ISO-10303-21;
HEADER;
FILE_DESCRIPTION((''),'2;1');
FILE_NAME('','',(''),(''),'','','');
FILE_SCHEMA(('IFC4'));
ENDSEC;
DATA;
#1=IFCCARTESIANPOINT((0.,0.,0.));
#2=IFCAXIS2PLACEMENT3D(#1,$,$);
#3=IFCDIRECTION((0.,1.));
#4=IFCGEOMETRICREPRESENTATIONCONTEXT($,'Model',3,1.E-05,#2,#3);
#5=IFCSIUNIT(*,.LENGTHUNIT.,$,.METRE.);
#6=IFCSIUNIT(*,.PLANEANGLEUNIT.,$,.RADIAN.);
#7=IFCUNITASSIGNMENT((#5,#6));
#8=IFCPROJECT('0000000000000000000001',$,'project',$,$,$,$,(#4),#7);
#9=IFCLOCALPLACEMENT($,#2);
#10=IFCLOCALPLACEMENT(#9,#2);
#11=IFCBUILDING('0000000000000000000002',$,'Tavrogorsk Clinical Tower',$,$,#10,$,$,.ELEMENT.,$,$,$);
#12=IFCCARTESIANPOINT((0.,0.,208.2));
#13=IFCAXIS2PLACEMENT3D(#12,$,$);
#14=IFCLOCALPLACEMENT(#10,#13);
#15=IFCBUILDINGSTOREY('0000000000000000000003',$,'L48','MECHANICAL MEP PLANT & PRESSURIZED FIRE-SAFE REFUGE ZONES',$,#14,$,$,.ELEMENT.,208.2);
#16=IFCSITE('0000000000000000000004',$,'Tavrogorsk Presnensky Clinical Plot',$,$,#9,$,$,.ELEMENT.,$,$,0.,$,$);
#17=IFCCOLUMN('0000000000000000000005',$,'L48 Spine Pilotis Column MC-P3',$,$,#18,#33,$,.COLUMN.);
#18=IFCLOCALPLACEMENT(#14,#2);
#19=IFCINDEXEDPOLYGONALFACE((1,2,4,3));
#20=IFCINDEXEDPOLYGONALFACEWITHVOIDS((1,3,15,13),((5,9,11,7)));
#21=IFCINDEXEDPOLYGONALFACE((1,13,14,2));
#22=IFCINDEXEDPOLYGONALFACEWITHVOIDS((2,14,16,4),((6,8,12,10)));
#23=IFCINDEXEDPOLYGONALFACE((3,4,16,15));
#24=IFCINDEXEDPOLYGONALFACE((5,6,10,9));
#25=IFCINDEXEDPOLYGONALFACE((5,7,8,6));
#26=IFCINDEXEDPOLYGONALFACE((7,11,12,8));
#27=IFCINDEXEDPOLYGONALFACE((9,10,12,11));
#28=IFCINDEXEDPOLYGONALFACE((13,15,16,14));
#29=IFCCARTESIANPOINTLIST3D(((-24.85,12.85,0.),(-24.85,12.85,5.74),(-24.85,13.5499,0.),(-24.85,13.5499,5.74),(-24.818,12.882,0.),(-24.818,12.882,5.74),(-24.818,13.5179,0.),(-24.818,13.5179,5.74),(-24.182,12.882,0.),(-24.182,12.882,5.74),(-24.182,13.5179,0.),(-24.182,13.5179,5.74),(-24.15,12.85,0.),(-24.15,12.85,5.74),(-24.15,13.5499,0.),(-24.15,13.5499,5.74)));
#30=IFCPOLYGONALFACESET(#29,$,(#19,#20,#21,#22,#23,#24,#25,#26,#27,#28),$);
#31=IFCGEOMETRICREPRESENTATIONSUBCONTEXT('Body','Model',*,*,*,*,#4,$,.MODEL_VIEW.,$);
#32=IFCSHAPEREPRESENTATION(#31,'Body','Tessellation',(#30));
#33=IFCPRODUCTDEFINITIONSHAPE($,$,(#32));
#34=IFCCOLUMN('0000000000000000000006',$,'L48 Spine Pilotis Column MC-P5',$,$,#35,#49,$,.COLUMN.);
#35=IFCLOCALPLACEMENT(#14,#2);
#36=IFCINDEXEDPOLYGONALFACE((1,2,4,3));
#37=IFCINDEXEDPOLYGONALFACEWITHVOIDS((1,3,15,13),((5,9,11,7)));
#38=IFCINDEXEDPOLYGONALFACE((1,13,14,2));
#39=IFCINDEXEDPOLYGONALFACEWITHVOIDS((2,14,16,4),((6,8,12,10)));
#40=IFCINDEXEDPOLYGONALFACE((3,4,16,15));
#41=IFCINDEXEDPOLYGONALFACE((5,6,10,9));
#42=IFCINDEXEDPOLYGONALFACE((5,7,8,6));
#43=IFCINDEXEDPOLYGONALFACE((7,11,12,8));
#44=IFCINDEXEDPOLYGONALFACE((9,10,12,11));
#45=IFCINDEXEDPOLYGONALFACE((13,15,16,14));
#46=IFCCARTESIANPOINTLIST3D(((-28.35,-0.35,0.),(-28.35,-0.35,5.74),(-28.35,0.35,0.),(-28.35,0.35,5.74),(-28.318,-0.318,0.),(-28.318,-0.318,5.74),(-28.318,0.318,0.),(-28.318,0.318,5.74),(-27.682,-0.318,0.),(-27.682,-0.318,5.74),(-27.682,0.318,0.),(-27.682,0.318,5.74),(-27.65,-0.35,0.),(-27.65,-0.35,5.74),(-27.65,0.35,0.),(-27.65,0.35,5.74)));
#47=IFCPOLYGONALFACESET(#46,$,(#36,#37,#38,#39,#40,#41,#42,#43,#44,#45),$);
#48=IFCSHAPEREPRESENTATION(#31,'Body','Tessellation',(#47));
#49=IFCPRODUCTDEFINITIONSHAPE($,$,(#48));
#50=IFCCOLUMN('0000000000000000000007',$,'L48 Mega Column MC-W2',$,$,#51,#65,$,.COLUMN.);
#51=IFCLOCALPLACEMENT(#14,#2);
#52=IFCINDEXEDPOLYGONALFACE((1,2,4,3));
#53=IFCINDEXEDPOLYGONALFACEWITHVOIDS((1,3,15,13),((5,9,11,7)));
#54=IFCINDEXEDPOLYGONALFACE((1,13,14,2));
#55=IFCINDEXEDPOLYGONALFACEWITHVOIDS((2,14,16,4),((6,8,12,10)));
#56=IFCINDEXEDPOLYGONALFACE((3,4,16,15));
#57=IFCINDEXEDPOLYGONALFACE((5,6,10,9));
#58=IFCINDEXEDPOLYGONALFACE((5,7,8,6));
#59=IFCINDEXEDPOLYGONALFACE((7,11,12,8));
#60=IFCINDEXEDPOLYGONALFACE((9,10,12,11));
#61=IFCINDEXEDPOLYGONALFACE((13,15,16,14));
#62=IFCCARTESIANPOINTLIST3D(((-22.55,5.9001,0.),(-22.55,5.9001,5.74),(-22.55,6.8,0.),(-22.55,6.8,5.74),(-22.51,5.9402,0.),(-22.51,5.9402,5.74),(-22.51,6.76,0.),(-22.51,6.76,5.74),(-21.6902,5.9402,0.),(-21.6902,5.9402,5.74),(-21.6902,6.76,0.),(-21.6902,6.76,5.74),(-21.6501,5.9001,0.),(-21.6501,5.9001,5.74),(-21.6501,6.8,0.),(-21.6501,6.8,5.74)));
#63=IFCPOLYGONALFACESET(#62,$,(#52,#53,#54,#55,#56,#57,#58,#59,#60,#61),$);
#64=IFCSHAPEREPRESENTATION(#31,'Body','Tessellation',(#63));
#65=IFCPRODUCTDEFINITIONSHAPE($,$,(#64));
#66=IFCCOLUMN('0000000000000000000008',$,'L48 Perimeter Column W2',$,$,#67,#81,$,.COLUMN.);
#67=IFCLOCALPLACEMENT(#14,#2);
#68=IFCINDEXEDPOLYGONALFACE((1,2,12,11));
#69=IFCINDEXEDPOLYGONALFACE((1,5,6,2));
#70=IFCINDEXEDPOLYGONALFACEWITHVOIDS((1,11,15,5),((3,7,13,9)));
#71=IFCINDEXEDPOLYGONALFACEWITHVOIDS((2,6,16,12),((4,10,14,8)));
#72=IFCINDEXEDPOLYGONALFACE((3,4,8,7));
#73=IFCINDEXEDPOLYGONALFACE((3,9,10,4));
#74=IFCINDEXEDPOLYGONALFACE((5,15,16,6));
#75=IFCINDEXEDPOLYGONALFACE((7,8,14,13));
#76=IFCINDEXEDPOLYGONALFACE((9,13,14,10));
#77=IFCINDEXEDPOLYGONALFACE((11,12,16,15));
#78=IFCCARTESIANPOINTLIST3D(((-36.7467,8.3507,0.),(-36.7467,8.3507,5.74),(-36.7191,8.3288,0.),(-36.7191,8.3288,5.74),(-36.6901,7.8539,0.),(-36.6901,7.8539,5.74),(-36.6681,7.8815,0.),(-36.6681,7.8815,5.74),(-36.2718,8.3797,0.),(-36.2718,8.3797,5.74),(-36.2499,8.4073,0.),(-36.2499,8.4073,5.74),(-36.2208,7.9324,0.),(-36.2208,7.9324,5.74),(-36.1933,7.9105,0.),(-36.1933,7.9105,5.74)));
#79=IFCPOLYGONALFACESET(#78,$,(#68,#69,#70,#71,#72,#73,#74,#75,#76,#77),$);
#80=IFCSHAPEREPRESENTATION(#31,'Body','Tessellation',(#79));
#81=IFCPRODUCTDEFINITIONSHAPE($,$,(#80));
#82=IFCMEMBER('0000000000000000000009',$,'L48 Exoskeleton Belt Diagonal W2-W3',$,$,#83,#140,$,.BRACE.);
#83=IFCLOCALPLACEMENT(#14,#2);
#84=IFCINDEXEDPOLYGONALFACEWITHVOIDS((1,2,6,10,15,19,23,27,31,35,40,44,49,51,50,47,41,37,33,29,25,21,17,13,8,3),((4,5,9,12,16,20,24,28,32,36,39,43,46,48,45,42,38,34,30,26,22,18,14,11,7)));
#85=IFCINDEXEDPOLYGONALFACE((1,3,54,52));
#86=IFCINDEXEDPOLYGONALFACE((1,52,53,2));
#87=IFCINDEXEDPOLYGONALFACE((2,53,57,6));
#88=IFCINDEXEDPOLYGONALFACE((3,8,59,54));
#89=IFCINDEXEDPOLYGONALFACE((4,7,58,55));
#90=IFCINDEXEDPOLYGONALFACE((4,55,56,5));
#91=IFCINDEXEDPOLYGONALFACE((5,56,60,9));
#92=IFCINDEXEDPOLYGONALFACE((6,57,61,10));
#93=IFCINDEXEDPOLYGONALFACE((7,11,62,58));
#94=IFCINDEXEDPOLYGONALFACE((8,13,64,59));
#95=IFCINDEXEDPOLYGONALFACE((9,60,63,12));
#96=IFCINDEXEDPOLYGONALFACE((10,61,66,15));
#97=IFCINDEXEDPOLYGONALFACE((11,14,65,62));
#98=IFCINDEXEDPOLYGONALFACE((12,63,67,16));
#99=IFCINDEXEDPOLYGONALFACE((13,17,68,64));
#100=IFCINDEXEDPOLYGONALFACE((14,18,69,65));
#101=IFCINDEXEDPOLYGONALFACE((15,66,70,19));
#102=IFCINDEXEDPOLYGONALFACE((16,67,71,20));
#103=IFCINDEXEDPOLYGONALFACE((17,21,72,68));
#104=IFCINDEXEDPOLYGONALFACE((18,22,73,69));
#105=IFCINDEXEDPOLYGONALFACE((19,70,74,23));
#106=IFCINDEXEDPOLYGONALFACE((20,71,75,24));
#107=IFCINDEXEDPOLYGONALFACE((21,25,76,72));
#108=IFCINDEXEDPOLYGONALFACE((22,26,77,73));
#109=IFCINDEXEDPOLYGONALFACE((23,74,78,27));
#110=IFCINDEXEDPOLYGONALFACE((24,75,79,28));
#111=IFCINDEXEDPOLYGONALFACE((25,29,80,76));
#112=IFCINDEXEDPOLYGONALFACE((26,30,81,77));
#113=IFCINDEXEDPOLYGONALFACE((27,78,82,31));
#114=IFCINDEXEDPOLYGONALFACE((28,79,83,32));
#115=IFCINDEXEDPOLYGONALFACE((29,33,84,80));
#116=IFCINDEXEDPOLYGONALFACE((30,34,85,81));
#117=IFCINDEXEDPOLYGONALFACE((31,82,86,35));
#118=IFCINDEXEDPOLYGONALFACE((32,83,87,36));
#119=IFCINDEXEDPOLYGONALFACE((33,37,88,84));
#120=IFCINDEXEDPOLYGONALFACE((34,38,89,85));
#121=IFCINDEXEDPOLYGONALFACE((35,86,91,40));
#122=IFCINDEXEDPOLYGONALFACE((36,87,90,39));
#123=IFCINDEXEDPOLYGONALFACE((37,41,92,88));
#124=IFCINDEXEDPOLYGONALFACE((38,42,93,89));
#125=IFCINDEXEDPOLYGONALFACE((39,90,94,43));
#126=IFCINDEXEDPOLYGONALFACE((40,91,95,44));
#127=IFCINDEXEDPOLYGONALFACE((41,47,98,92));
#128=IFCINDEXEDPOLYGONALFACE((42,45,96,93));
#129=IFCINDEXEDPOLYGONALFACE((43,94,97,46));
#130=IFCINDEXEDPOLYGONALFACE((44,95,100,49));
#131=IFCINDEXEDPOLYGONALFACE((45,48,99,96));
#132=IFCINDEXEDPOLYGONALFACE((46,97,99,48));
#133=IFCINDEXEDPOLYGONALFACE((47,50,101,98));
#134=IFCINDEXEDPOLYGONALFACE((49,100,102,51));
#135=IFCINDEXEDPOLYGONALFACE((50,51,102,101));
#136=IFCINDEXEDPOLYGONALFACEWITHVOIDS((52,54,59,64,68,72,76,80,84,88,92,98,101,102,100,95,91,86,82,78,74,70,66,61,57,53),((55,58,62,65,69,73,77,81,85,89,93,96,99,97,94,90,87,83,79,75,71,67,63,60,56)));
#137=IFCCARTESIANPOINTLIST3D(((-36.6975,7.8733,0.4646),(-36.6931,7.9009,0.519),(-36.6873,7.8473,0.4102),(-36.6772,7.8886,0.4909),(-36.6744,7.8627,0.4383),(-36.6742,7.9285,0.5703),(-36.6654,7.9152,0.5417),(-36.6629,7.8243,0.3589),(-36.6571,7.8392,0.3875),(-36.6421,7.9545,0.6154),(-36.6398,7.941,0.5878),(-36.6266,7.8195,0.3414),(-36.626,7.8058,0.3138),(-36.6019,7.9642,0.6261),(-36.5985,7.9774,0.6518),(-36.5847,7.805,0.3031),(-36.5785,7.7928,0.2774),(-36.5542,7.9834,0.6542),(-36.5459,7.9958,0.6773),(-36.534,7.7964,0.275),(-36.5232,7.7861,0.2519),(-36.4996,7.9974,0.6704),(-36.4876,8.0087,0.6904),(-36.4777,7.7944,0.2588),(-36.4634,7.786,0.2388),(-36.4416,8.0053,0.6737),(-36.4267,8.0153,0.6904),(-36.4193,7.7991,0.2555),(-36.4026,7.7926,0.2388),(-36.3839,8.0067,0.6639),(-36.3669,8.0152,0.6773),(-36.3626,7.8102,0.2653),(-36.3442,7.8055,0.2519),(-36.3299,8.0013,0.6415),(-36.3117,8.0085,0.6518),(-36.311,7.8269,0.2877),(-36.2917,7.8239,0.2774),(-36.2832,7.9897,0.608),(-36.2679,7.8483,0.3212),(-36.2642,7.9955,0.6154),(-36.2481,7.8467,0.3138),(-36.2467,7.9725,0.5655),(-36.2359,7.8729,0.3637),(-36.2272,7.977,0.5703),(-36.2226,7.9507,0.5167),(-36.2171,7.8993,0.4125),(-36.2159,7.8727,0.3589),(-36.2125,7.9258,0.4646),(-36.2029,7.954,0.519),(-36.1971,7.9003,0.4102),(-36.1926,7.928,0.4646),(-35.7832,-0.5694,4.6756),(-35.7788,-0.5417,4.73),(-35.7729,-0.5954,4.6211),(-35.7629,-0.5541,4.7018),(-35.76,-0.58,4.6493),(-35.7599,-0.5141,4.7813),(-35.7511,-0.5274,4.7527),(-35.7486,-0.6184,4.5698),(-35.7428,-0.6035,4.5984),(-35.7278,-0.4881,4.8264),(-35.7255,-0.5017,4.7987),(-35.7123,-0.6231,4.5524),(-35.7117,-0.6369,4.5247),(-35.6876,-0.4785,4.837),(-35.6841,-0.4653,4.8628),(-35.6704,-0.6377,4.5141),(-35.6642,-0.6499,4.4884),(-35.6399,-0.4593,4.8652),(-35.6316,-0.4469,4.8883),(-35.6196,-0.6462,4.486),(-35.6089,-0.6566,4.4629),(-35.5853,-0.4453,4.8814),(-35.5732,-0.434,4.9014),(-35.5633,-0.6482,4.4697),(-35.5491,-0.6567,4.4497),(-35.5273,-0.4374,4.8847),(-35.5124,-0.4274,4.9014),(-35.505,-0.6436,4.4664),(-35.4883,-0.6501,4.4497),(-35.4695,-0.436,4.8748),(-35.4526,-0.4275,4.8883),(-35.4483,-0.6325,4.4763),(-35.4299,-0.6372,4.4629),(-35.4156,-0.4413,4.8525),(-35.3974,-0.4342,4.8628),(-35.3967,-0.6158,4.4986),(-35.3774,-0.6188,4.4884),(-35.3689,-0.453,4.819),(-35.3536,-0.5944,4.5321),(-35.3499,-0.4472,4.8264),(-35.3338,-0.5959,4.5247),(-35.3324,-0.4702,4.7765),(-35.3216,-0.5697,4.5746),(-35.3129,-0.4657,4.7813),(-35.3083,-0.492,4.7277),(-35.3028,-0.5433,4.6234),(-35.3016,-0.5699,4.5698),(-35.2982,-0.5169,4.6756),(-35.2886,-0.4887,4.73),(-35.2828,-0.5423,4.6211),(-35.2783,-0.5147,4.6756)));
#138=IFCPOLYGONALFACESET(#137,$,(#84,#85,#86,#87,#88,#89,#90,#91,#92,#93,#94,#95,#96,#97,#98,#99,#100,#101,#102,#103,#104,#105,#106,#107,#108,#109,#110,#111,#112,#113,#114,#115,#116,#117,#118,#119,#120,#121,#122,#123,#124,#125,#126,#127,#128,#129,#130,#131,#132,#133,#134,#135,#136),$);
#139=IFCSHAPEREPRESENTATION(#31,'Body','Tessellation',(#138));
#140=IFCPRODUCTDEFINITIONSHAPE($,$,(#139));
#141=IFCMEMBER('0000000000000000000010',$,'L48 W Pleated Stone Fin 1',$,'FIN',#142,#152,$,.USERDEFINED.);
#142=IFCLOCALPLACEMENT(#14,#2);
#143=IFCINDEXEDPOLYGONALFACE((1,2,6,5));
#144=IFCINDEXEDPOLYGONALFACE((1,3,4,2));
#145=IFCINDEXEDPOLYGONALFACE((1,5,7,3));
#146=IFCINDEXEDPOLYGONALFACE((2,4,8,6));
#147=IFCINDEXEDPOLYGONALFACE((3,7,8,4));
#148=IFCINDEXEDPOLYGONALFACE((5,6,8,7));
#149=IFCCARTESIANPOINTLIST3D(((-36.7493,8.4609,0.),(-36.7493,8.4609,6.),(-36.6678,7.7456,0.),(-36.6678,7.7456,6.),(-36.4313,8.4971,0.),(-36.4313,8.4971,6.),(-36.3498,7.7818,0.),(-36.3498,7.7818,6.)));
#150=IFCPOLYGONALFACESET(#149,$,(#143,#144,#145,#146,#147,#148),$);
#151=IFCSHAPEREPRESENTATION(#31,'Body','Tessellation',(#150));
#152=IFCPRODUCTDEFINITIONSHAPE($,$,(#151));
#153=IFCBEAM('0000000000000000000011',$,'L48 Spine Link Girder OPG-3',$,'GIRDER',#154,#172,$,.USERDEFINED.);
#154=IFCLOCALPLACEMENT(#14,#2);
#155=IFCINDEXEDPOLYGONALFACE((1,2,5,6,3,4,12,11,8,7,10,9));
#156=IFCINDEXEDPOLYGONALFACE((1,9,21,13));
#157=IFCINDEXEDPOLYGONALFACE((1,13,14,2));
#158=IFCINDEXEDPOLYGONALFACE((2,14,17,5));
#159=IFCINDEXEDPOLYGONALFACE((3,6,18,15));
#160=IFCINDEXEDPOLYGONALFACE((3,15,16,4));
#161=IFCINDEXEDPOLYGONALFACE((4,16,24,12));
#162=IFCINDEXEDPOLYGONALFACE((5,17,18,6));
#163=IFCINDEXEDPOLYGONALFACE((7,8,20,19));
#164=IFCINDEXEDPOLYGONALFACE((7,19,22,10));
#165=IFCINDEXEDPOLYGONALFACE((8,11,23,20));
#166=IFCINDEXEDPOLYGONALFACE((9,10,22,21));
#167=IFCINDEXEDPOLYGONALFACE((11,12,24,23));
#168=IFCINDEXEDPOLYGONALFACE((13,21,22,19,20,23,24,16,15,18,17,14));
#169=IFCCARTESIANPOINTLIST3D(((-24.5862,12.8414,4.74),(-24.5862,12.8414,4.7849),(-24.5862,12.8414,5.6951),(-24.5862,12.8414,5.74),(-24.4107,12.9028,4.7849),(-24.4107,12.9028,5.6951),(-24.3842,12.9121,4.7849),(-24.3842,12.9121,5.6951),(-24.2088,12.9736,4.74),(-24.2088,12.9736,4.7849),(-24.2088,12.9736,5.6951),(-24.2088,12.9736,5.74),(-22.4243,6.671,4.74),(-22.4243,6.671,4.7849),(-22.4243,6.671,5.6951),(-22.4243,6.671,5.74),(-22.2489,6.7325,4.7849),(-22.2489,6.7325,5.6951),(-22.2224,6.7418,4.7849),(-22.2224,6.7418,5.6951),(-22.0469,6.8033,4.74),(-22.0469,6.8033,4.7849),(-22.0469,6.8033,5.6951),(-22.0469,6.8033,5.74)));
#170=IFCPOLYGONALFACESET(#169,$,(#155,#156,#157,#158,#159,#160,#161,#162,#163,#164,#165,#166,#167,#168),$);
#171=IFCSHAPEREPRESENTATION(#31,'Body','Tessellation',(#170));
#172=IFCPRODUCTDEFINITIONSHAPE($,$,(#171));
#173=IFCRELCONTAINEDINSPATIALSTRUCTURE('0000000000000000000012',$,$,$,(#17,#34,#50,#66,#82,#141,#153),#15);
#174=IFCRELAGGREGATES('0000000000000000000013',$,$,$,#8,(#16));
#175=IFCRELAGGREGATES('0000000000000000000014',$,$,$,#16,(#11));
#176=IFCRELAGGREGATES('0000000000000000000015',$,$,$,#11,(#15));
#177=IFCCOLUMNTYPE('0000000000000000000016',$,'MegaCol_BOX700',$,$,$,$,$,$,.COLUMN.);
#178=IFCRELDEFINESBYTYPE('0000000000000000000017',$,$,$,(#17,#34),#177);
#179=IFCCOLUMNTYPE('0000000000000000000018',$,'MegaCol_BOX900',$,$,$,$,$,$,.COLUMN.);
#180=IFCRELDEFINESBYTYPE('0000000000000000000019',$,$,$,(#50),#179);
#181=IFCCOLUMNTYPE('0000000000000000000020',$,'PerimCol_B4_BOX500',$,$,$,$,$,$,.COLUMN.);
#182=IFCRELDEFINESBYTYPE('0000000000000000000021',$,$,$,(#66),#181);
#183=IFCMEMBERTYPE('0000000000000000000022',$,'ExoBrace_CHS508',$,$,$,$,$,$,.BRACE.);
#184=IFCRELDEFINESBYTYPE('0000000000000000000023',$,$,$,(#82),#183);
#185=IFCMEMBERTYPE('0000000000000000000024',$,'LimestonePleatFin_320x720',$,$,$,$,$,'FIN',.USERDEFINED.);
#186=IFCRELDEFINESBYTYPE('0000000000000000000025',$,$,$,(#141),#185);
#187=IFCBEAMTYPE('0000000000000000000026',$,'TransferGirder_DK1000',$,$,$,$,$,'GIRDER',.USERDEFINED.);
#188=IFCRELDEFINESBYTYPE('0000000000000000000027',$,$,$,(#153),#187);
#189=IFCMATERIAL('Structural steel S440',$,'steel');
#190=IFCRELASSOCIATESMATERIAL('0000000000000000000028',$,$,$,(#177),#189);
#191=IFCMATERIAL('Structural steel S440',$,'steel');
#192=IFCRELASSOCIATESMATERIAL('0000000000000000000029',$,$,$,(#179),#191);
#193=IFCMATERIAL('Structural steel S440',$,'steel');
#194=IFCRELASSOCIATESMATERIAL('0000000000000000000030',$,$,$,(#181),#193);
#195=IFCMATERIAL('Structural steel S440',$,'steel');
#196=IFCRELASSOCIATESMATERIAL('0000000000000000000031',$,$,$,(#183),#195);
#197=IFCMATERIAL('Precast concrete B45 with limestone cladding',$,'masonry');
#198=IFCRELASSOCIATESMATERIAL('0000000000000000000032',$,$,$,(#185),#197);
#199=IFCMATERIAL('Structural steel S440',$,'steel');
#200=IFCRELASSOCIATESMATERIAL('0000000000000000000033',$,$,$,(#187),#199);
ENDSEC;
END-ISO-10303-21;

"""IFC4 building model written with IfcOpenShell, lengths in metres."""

from ifc_helpers import new_model, si_unit, direction, frame, origin, origin_2d, place, context, subcontext, project, spatial, rectangle, hollow_rectangle, hollow_circle, i_section, extrude, material, material_profile, profile_set, type_object, element, save


model = new_model("IFC4")

# Units and contexts
model_context = context("Model", 3, precision=1e-05, world=origin(), true_north=direction((0.0, 1.0)))
body_context = subcontext(model_context, "Body", "Model", "MODEL_VIEW")
ifc_project = project(units=[si_unit("LENGTHUNIT", "METRE"), si_unit("PLANEANGLEUNIT", "RADIAN")], contexts=[model_context])

# Site, building, storey
site_placement = place(None, origin())
site = spatial("IfcSite", under=ifc_project, at=site_placement, Name="Tavrogorsk Presnensky Clinical Plot", CompositionType="ELEMENT", RefElevation=0.0)
building_placement = place(site_placement, origin())
building = spatial("IfcBuilding", under=site, at=building_placement, Name="Tavrogorsk Clinical Tower", CompositionType="ELEMENT")
storey_placement = place(building_placement, frame((0.0, 0.0, 208.2)))
storey = spatial("IfcBuildingStorey", under=building, at=storey_placement, Name="L48", Description="MECHANICAL MEP PLANT & PRESSURIZED FIRE-SAFE REFUGE ZONES", CompositionType="ELEMENT", Elevation=208.2)

# Columns
ifc_material_1 = material(Name="Structural steel S440", Category="steel")
ifc_material_profile_1 = material_profile(ifc_material_1, hollow_rectangle(XDim=0.7, YDim=0.7, WallThickness=0.032, at=origin_2d()), Name="BOX-700x700x32")
ifc_profile_set_1 = profile_set([ifc_material_profile_1], Name="Structural steel S440")
column_type_1 = type_object("IfcColumnType", Name="MegaCol_BOX700", PredefinedType="COLUMN", material=ifc_profile_set_1)
for number, where, z_axis, x_axis, name in (
    (1, (-24.5, 13.2, 0.0), (0.0, 0.0, 1.0), (1.0, 0.0, 0.0), "L48 Spine Pilotis Column MC-P3"),
    (2, (-28.0, 0.0, 0.0), (0.0, 0.0, 1.0), (1.0, 0.0, 0.0), "L48 Spine Pilotis Column MC-P5"),
):
    element("IfcColumn", number, at=place(storey_placement, frame(where, z_axis=z_axis, x_axis=x_axis)), inside=storey, type_object=column_type_1, Name=name, PredefinedType="COLUMN", context=body_context, shape_type="SweptSolid", body=[
        extrude(hollow_rectangle(XDim=0.7, YDim=0.7, WallThickness=0.032, at=origin_2d()), origin(), (0.0, 0.0, 1.0), 5.74),
    ])
ifc_material_2 = material(Name="Structural steel S440", Category="steel")
ifc_material_profile_2 = material_profile(ifc_material_2, hollow_rectangle(XDim=0.8999, YDim=0.8999, WallThickness=0.04, at=origin_2d()), Name="BOX-900x900x40")
ifc_profile_set_2 = profile_set([ifc_material_profile_2], Name="Structural steel S440")
column_type_2 = type_object("IfcColumnType", Name="MegaCol_BOX900", PredefinedType="COLUMN", material=ifc_profile_set_2)
column_1_placement = place(storey_placement, frame((-22.1001, 6.3501, 0.0), z_axis=(0.0, 0.0, 1.0), x_axis=(1.0, 0.0, 0.0)))
element("IfcColumn", 3, at=column_1_placement, inside=storey, type_object=column_type_2, Name="L48 Mega Column MC-W2", PredefinedType="COLUMN", context=body_context, shape_type="SweptSolid", body=[
    extrude(hollow_rectangle(XDim=0.8999, YDim=0.8999, WallThickness=0.04, at=origin_2d()), origin(), (0.0, 0.0, 1.0), 5.74),
])
ifc_material_3 = material(Name="Structural steel S440", Category="steel")
ifc_material_profile_3 = material_profile(ifc_material_3, hollow_rectangle(XDim=0.5, YDim=0.5, WallThickness=0.0249, at=origin_2d()), Name="BOX-500x500x25")
ifc_profile_set_3 = profile_set([ifc_material_profile_3], Name="Structural steel S440")
column_type_3 = type_object("IfcColumnType", Name="PerimCol_B4_BOX500", PredefinedType="COLUMN", material=ifc_profile_set_3)
column_2_placement = place(storey_placement, frame((-36.47, 8.1306, 0.0), z_axis=(0.0, 0.0, 1.0), x_axis=(0.993572, 0.113203, 0.0)))
element("IfcColumn", 4, at=column_2_placement, inside=storey, type_object=column_type_3, Name="L48 Perimeter Column W2", PredefinedType="COLUMN", context=body_context, shape_type="SweptSolid", body=[
    extrude(hollow_rectangle(XDim=0.5, YDim=0.5, WallThickness=0.0249, at=origin_2d()), origin(), (0.0, 0.0, 1.0), 5.74),
])

# Members
ifc_material_4 = material(Name="Structural steel S440", Category="steel")
ifc_material_profile_4 = material_profile(ifc_material_4, hollow_circle(Radius=0.2539, WallThickness=0.02, at=origin_2d()), Name="CHS-508x20")
ifc_profile_set_4 = profile_set([ifc_material_profile_4], Name="Structural steel S440")
member_type_1 = type_object("IfcMemberType", Name="ExoBrace_CHS508", PredefinedType="BRACE", material=ifc_profile_set_4)
member_1_placement = place(storey_placement, frame((-36.4451, 7.9006, 0.4646), z_axis=(0.096459, -0.890694, 0.444252), x_axis=(0.994187, 0.107667, 0.0)))
element("IfcMember", 5, at=member_1_placement, inside=storey, type_object=member_type_1, Name="L48 Exoskeleton Belt Diagonal W2-W3", PredefinedType="BRACE", context=body_context, shape_type="SweptSolid", body=[
    extrude(hollow_circle(Radius=0.2539, WallThickness=0.02, at=origin_2d()), origin(), (0.0, 0.0, 1.0), 9.4788),
])
ifc_material_5 = material(Name="Precast concrete B45 with limestone cladding", Category="masonry")
ifc_material_profile_5 = material_profile(ifc_material_5, rectangle(XDim=0.3201, YDim=0.72, at=origin_2d()), Name="LIMESTONE-FIN-320x720")
ifc_profile_set_5 = profile_set([ifc_material_profile_5], Name="Precast concrete B45 with limestone cladding")
member_type_2 = type_object("IfcMemberType", Name="LimestonePleatFin_320x720", ElementType="FIN", PredefinedType="USERDEFINED", material=ifc_profile_set_5)
member_2_placement = place(storey_placement, frame((-36.5496, 8.1213, 0.0), z_axis=(0.0, 0.0, 1.0), x_axis=(0.993572, 0.113203, 0.0)))
element("IfcMember", 6, at=member_2_placement, inside=storey, type_object=member_type_2, Name="L48 W Pleated Stone Fin 1", ObjectType="FIN", PredefinedType="USERDEFINED", context=body_context, shape_type="SweptSolid", body=[
    extrude(rectangle(XDim=0.3201, YDim=0.72, at=origin_2d()), origin(), (0.0, 0.0, 1.0), 6.0),
])

# Beam
ifc_material_6 = material(Name="Structural steel S440", Category="steel")
ifc_material_profile_6 = material_profile(ifc_material_6, i_section(OverallWidth=0.3999, OverallDepth=1.0, WebThickness=0.0281, FlangeThickness=0.0449, at=origin_2d()), Name="DK-1000x400x28x45")
ifc_profile_set_6 = profile_set([ifc_material_profile_6], Name="Structural steel S440")
beam_type_1 = type_object("IfcBeamType", Name="TransferGirder_DK1000", ElementType="GIRDER", PredefinedType="USERDEFINED", material=ifc_profile_set_6)
beam_1_placement = place(storey_placement, frame((-24.3975, 12.9075, 5.24), z_axis=(0.330653, -0.943752, 0.0), x_axis=(0.943752, 0.330653, 0.0)))
element("IfcBeam", 7, at=beam_1_placement, inside=storey, type_object=beam_type_1, Name="L48 Spine Link Girder OPG-3", ObjectType="GIRDER", PredefinedType="USERDEFINED", context=body_context, shape_type="SweptSolid", body=[
    extrude(i_section(OverallWidth=0.3999, OverallDepth=1.0, WebThickness=0.0281, FlangeThickness=0.0449, at=origin_2d()), origin(), (0.0, 0.0, 1.0), 6.5381),
])

save(model, "model.ifc")
